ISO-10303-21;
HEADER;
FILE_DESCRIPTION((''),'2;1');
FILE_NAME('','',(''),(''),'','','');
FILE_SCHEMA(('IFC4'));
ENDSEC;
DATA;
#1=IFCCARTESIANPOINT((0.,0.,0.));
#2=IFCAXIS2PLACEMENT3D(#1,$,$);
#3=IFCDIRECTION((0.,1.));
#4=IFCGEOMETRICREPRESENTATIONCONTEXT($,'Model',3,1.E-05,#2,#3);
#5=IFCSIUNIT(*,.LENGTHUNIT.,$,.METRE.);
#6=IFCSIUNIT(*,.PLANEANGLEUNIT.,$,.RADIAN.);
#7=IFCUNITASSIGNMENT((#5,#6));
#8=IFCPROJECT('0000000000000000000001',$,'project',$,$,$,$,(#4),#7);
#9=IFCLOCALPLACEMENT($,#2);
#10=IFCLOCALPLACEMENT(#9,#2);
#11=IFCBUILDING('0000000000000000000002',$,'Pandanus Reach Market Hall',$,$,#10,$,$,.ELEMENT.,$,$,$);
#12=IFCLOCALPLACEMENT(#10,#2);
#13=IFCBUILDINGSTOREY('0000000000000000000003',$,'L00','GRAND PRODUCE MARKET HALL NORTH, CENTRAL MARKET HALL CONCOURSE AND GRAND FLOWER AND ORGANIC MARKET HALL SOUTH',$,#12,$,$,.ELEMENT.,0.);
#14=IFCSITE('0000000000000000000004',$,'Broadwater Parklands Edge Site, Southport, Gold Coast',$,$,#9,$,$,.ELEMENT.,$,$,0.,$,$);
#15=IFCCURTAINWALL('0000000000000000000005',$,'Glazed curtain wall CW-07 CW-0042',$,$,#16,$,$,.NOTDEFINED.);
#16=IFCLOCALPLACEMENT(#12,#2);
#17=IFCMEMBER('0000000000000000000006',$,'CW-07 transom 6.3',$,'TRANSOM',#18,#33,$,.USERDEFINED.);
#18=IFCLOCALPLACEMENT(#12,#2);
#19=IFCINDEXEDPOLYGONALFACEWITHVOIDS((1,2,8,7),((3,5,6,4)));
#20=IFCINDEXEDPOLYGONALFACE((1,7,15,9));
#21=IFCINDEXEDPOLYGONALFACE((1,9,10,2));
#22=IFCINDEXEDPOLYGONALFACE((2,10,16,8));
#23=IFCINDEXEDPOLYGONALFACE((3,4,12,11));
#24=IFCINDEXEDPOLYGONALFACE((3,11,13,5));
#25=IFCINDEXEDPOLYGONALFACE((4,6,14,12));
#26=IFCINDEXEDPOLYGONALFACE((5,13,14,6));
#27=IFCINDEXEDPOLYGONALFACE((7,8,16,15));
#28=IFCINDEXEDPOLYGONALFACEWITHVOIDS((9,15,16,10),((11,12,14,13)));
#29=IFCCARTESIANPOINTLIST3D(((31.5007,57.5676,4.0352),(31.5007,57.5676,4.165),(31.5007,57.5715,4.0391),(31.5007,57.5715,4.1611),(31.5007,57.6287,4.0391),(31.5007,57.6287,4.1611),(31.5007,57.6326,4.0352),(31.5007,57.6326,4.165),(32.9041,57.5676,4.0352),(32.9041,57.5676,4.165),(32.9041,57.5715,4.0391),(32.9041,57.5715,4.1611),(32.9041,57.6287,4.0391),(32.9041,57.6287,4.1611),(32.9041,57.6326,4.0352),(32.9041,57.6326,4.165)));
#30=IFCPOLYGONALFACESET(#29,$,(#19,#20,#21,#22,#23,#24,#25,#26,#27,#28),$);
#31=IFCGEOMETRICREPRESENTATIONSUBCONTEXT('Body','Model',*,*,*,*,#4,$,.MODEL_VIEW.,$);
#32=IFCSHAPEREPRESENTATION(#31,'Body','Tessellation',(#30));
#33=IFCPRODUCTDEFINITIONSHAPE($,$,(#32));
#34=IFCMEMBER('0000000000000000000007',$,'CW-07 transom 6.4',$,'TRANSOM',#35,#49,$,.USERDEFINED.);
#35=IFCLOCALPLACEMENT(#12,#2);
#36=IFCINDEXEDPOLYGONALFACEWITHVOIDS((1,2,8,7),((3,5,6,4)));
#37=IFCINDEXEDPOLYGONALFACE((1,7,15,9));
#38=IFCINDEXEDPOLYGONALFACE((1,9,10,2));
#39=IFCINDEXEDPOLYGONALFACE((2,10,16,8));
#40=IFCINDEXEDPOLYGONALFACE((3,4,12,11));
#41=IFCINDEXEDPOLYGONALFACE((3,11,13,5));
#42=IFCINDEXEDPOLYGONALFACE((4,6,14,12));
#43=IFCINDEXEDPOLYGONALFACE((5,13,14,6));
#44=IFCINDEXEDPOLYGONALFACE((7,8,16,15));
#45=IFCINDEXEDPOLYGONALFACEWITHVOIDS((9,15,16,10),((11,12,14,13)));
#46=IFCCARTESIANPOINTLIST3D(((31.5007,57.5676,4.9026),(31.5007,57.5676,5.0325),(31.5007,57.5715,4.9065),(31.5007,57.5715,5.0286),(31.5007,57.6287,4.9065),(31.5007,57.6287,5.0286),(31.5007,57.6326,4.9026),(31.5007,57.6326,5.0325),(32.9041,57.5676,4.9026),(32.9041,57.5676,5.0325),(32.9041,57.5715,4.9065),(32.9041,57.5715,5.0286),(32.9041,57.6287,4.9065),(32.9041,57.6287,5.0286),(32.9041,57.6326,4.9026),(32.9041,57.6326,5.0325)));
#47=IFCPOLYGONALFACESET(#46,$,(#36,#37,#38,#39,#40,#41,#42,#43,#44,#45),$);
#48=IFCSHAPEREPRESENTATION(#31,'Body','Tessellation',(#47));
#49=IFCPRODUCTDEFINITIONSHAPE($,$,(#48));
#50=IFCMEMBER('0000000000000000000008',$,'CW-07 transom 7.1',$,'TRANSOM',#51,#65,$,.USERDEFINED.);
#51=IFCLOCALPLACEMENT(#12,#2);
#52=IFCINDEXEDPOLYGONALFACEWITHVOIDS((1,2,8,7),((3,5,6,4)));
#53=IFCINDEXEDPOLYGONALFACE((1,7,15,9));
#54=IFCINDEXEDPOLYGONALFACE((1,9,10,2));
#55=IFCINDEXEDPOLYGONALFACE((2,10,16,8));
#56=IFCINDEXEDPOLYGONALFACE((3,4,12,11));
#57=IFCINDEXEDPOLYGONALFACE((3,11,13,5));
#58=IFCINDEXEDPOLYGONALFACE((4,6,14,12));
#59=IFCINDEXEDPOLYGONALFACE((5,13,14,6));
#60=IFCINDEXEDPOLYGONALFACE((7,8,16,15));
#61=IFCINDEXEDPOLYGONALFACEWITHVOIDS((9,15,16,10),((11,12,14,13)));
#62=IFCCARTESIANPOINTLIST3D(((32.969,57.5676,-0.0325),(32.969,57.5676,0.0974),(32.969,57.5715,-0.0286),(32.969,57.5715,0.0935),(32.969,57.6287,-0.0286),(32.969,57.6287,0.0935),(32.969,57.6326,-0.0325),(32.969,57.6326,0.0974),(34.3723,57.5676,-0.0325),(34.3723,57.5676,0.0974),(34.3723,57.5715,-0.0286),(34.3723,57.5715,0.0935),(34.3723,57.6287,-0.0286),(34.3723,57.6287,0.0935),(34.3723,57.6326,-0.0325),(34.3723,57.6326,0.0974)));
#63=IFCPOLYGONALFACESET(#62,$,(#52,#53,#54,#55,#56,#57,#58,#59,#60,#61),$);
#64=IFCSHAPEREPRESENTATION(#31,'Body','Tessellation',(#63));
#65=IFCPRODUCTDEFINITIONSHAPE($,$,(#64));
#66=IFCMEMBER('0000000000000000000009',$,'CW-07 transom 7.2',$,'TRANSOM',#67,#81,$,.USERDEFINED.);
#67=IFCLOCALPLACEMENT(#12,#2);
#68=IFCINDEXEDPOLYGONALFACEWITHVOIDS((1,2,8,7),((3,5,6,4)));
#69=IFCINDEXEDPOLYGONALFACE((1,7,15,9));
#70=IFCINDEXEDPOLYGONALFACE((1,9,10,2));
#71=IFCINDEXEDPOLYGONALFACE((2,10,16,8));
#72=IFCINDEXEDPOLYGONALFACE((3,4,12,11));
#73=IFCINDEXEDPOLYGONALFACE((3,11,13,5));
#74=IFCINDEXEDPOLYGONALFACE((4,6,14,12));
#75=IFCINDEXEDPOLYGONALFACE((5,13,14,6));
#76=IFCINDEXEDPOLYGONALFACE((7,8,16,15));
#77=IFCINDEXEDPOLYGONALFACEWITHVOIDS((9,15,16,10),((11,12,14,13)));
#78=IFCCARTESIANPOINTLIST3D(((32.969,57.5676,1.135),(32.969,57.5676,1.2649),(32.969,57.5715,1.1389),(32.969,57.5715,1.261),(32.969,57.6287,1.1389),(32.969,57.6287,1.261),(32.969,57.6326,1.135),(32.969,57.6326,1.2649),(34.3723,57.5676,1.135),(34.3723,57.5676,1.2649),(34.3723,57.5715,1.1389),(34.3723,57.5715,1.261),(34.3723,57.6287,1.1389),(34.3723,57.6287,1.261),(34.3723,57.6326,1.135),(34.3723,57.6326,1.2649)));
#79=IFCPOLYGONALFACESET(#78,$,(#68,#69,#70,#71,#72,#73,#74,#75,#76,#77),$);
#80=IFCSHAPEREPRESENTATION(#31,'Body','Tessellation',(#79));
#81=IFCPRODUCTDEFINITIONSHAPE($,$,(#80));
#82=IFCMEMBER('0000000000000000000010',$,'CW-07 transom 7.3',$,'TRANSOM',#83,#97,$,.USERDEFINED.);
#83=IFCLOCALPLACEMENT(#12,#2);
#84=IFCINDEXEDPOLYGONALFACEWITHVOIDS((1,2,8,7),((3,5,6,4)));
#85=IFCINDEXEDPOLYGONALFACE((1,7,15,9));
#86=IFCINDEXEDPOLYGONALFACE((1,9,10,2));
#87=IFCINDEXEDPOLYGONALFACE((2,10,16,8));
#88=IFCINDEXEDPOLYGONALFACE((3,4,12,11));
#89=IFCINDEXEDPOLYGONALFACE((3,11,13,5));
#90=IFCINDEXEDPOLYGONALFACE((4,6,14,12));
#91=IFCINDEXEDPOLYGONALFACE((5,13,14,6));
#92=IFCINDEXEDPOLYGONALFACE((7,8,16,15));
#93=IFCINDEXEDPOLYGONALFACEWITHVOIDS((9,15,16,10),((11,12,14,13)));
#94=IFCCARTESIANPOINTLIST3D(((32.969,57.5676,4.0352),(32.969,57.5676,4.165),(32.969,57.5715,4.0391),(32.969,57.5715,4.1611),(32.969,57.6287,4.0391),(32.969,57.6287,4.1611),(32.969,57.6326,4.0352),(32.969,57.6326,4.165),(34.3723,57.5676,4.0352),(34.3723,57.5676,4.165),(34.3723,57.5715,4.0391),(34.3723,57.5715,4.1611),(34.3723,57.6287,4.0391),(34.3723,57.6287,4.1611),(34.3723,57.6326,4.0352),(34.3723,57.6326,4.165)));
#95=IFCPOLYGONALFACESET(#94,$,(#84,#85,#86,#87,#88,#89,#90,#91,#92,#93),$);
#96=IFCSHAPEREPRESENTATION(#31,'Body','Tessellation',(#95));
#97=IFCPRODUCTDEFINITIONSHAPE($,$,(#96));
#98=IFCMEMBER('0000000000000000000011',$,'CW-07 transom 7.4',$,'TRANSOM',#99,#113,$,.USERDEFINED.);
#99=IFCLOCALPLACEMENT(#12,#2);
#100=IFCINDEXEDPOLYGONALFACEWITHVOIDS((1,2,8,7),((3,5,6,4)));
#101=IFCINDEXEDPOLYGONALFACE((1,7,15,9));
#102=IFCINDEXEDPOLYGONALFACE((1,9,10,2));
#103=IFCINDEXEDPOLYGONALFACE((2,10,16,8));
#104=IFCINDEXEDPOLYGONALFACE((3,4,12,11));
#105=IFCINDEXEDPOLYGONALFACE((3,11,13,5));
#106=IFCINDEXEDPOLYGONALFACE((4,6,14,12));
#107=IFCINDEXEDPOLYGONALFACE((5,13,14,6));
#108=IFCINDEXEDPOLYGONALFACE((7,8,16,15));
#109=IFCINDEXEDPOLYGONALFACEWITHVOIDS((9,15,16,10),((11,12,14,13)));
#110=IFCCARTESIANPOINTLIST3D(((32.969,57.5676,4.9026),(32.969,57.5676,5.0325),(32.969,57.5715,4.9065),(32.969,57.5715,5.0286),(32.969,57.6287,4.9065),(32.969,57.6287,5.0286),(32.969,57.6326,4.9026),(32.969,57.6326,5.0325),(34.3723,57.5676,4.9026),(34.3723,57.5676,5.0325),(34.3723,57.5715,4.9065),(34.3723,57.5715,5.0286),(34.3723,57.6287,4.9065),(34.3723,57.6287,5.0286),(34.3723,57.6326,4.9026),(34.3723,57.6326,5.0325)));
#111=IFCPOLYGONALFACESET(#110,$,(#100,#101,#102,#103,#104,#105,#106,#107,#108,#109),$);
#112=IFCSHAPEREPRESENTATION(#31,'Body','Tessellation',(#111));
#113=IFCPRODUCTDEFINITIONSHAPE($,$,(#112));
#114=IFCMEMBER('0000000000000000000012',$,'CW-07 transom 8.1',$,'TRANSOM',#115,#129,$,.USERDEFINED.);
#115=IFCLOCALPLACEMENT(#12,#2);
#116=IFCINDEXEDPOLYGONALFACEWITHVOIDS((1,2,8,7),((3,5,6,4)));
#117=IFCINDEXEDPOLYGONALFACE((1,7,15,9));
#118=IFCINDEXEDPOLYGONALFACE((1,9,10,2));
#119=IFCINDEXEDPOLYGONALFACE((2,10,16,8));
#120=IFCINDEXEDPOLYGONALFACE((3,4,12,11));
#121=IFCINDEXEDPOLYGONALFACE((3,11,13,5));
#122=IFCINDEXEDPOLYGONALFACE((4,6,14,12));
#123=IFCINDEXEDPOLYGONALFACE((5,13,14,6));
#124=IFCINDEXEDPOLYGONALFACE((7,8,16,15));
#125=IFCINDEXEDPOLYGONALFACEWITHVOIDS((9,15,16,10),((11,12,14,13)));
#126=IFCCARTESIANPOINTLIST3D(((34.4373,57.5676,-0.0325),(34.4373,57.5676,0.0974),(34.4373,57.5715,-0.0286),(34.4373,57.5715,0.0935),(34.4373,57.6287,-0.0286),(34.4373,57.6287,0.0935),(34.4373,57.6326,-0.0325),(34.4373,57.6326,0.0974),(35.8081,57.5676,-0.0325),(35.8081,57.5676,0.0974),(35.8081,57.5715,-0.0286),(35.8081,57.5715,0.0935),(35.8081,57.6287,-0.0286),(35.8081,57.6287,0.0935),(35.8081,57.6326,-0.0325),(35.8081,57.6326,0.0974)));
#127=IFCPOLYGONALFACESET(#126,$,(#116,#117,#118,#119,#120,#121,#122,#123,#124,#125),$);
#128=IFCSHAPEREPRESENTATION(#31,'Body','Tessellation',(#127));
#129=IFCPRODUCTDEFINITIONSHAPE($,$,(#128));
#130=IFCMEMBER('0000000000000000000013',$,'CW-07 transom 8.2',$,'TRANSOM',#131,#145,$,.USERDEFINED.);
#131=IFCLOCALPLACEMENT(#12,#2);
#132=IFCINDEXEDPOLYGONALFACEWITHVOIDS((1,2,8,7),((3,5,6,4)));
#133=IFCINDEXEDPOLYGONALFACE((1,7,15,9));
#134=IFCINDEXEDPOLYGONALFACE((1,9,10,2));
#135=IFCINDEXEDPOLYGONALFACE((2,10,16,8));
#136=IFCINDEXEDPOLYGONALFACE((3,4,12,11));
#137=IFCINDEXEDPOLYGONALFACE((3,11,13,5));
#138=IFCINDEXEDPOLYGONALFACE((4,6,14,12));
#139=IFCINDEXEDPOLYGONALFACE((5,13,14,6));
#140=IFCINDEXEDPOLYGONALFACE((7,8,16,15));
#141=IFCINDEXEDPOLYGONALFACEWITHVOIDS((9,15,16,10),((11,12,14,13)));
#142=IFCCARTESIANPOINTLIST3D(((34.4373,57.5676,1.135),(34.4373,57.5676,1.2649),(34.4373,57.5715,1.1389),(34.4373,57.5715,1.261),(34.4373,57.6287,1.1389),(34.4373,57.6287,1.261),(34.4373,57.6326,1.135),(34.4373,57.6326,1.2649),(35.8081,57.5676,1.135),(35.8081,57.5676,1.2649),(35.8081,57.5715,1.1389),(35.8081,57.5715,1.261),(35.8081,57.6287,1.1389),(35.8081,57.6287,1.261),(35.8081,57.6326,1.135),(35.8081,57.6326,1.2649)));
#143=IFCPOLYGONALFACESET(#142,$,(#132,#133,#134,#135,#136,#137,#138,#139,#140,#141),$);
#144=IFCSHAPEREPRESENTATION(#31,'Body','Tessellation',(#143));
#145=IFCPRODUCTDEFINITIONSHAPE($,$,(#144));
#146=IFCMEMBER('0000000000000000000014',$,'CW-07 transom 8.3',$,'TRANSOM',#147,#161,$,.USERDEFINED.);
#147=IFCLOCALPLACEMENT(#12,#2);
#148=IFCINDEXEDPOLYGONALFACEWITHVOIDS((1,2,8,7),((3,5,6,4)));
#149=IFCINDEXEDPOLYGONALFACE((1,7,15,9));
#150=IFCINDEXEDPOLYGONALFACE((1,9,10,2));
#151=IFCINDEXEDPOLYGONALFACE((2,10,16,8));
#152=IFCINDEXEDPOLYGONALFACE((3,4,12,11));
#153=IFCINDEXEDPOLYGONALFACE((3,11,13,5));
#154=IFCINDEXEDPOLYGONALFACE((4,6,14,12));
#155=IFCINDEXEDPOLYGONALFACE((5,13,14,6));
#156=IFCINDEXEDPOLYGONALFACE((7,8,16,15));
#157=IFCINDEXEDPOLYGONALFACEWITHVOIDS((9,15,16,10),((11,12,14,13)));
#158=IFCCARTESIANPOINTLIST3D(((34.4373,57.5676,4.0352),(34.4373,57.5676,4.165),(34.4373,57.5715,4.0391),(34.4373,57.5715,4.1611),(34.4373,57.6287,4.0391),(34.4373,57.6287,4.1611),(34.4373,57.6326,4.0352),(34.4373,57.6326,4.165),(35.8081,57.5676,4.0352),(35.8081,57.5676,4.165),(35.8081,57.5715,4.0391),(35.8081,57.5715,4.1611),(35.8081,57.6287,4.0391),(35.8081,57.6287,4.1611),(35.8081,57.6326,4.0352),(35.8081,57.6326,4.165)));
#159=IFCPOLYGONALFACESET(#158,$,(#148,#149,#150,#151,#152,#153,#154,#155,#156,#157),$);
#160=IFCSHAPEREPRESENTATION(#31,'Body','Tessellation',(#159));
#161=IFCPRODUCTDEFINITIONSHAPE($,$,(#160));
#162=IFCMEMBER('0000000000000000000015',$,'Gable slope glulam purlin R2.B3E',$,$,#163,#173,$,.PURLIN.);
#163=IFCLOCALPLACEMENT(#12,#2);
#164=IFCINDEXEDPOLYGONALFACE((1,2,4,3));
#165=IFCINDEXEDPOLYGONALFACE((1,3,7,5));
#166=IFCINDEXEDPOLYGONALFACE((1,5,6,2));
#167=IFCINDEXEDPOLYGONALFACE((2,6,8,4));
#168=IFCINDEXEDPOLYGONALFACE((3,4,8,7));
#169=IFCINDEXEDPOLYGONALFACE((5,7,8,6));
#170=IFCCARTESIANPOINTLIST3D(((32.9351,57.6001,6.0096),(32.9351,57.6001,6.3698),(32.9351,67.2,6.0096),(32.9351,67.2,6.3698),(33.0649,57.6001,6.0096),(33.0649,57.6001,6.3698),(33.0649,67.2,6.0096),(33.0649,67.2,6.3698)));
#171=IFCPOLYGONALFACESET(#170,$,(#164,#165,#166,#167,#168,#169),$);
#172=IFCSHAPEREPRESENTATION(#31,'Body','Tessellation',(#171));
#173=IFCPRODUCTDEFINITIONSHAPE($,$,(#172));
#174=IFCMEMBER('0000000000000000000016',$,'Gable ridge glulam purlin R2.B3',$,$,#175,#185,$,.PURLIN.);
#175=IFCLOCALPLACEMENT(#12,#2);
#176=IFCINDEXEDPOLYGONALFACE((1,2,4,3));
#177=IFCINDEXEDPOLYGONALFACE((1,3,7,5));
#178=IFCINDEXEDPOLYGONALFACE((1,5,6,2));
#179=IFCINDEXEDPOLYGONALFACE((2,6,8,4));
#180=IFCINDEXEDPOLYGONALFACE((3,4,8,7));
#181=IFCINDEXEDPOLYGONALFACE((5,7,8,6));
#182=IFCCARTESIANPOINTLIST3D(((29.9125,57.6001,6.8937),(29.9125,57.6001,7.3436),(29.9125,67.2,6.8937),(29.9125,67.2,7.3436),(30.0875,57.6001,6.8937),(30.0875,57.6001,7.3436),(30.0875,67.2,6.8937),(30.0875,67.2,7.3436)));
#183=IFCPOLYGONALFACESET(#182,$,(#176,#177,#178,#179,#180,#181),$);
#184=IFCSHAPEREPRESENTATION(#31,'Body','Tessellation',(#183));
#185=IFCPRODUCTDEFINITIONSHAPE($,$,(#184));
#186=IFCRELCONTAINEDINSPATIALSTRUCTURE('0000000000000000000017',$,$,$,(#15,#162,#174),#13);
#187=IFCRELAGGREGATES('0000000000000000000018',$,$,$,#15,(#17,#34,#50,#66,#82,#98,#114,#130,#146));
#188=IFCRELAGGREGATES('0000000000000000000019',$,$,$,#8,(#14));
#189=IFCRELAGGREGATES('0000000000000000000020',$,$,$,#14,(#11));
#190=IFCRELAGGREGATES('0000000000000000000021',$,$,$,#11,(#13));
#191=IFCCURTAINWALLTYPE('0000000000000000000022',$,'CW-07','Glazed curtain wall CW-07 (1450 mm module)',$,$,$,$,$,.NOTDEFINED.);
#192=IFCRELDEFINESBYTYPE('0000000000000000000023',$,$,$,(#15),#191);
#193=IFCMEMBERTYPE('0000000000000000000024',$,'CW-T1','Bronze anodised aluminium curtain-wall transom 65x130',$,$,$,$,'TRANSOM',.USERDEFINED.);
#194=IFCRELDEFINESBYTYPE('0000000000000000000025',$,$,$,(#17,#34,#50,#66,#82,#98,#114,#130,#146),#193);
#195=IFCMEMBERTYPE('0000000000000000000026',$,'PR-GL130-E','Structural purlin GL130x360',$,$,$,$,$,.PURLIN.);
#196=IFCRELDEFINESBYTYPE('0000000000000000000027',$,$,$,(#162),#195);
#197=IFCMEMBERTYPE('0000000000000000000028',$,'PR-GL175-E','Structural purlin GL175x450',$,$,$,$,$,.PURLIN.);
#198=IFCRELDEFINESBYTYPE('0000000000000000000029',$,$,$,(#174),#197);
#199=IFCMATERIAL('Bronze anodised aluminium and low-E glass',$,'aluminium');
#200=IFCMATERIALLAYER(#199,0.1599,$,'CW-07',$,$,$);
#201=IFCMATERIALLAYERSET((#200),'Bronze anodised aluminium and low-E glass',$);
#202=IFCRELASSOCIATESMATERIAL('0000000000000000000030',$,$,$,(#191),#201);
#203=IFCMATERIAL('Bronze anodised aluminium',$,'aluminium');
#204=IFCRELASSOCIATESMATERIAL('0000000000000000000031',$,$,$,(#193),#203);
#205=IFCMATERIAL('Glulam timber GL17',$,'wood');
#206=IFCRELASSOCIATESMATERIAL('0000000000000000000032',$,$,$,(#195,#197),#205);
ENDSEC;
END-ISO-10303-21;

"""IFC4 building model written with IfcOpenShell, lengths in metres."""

from ifc_helpers import new_model, si_unit, direction, frame, origin, origin_2d, place, context, subcontext, project, spatial, rectangle, hollow_rectangle, extrude, material, layer, layer_set, material_profile, profile_set, type_object, element, aggregate, save


model = new_model("IFC4")

# Units and contexts
model_context = context("Model", 3, precision=1e-05, world=origin(), true_north=direction((0.0, 1.0)))
body_context = subcontext(model_context, "Body", "Model", "MODEL_VIEW")
ifc_project = project(units=[si_unit("LENGTHUNIT", "METRE"), si_unit("PLANEANGLEUNIT", "RADIAN")], contexts=[model_context])

# Site, building, storey
site_placement = place(None, origin())
site = spatial("IfcSite", under=ifc_project, at=site_placement, Name="Broadwater Parklands Edge Site, Southport, Gold Coast", CompositionType="ELEMENT", RefElevation=0.0)
building_placement = place(site_placement, origin())
building = spatial("IfcBuilding", under=site, at=building_placement, Name="Pandanus Reach Market Hall", CompositionType="ELEMENT")
storey_placement = place(building_placement, origin())
storey = spatial("IfcBuildingStorey", under=building, at=storey_placement, Name="L00", Description="GRAND PRODUCE MARKET HALL NORTH, CENTRAL MARKET HALL CONCOURSE AND GRAND FLOWER AND ORGANIC MARKET HALL SOUTH", CompositionType="ELEMENT", Elevation=0.0)

# Curtain wall, members
ifc_material_1 = material(Name="Bronze anodised aluminium and low-E glass", Category="aluminium")
ifc_layer_1 = layer(ifc_material_1, 0.1599, Name="CW-07")
ifc_layer_set_1 = layer_set([ifc_layer_1], Name="Bronze anodised aluminium and low-E glass")
curtain_wall_type = type_object("IfcCurtainWallType", Name="CW-07", Description="Glazed curtain wall CW-07 (1450 mm module)", PredefinedType="NOTDEFINED", material=ifc_layer_set_1)
curtain_wall_placement = place(storey_placement, origin())
curtain_wall = element("IfcCurtainWall", 1, at=curtain_wall_placement, inside=storey, type_object=curtain_wall_type, Name="Glazed curtain wall CW-07 CW-0042", PredefinedType="NOTDEFINED")
ifc_material_2 = material(Name="Bronze anodised aluminium", Category="aluminium")
ifc_material_profile_1 = material_profile(ifc_material_2, hollow_rectangle(XDim=0.0649, YDim=0.1299, WallThickness=0.0039, at=origin_2d()), Name="ALU65x130", Category="LoadBearing")
ifc_profile_set_1 = profile_set([ifc_material_profile_1], Name="Bronze anodised aluminium")
member_type_1 = type_object("IfcMemberType", Name="CW-T1", Description="Bronze anodised aluminium curtain-wall transom 65x130", ElementType="TRANSOM", PredefinedType="USERDEFINED", material=ifc_profile_set_1)
member_1_placement = place(storey_placement, frame((31.5007, 57.6001, 4.1001), z_axis=(1.0, 0.0, 0.0), x_axis=(0.0, 1.0, 0.0)))
member_1 = element("IfcMember", 2, at=member_1_placement, type_object=member_type_1, Name="CW-07 transom 6.3", ObjectType="TRANSOM", PredefinedType="USERDEFINED", context=body_context, shape_type="SweptSolid", body=[
    extrude(hollow_rectangle(XDim=0.0649, YDim=0.1299, WallThickness=0.0039, at=origin_2d()), origin(), (0.0, 0.0, 1.0), 1.4033),
])
member_2_placement = place(storey_placement, frame((31.5007, 57.6001, 4.9675), z_axis=(1.0, 0.0, 0.0), x_axis=(0.0, 1.0, 0.0)))
member_2 = element("IfcMember", 3, at=member_2_placement, type_object=member_type_1, Name="CW-07 transom 6.4", ObjectType="TRANSOM", PredefinedType="USERDEFINED", context=body_context, shape_type="SweptSolid", body=[
    extrude(hollow_rectangle(XDim=0.0649, YDim=0.1299, WallThickness=0.0039, at=origin_2d()), origin(), (0.0, 0.0, 1.0), 1.4033),
])
member_3_placement = place(storey_placement, frame((32.969, 57.6001, 0.0325), z_axis=(1.0, 0.0, 0.0), x_axis=(0.0, 1.0, 0.0)))
member_3 = element("IfcMember", 4, at=member_3_placement, type_object=member_type_1, Name="CW-07 transom 7.1", ObjectType="TRANSOM", PredefinedType="USERDEFINED", context=body_context, shape_type="SweptSolid", body=[
    extrude(hollow_rectangle(XDim=0.0649, YDim=0.1299, WallThickness=0.0039, at=origin_2d()), origin(), (0.0, 0.0, 1.0), 1.4033),
])
member_4_placement = place(storey_placement, frame((32.969, 57.6001, 1.2), z_axis=(1.0, 0.0, 0.0), x_axis=(0.0, 1.0, 0.0)))
member_4 = element("IfcMember", 5, at=member_4_placement, type_object=member_type_1, Name="CW-07 transom 7.2", ObjectType="TRANSOM", PredefinedType="USERDEFINED", context=body_context, shape_type="SweptSolid", body=[
    extrude(hollow_rectangle(XDim=0.0649, YDim=0.1299, WallThickness=0.0039, at=origin_2d()), origin(), (0.0, 0.0, 1.0), 1.4033),
])
member_5_placement = place(storey_placement, frame((32.969, 57.6001, 4.1001), z_axis=(1.0, 0.0, 0.0), x_axis=(0.0, 1.0, 0.0)))
member_5 = element("IfcMember", 6, at=member_5_placement, type_object=member_type_1, Name="CW-07 transom 7.3", ObjectType="TRANSOM", PredefinedType="USERDEFINED", context=body_context, shape_type="SweptSolid", body=[
    extrude(hollow_rectangle(XDim=0.0649, YDim=0.1299, WallThickness=0.0039, at=origin_2d()), origin(), (0.0, 0.0, 1.0), 1.4033),
])
member_6_placement = place(storey_placement, frame((32.969, 57.6001, 4.9675), z_axis=(1.0, 0.0, 0.0), x_axis=(0.0, 1.0, 0.0)))
member_6 = element("IfcMember", 7, at=member_6_placement, type_object=member_type_1, Name="CW-07 transom 7.4", ObjectType="TRANSOM", PredefinedType="USERDEFINED", context=body_context, shape_type="SweptSolid", body=[
    extrude(hollow_rectangle(XDim=0.0649, YDim=0.1299, WallThickness=0.0039, at=origin_2d()), origin(), (0.0, 0.0, 1.0), 1.4033),
])
member_7_placement = place(storey_placement, frame((34.4373, 57.6001, 0.0325), z_axis=(1.0, 0.0, 0.0), x_axis=(0.0, 1.0, 0.0)))
member_7 = element("IfcMember", 8, at=member_7_placement, type_object=member_type_1, Name="CW-07 transom 8.1", ObjectType="TRANSOM", PredefinedType="USERDEFINED", context=body_context, shape_type="SweptSolid", body=[
    extrude(hollow_rectangle(XDim=0.0649, YDim=0.1299, WallThickness=0.0039, at=origin_2d()), origin(), (0.0, 0.0, 1.0), 1.3708),
])
member_8_placement = place(storey_placement, frame((34.4373, 57.6001, 1.2), z_axis=(1.0, 0.0, 0.0), x_axis=(0.0, 1.0, 0.0)))
member_8 = element("IfcMember", 9, at=member_8_placement, type_object=member_type_1, Name="CW-07 transom 8.2", ObjectType="TRANSOM", PredefinedType="USERDEFINED", context=body_context, shape_type="SweptSolid", body=[
    extrude(hollow_rectangle(XDim=0.0649, YDim=0.1299, WallThickness=0.0039, at=origin_2d()), origin(), (0.0, 0.0, 1.0), 1.3708),
])
member_9_placement = place(storey_placement, frame((34.4373, 57.6001, 4.1001), z_axis=(1.0, 0.0, 0.0), x_axis=(0.0, 1.0, 0.0)))
member_9 = element("IfcMember", 10, at=member_9_placement, type_object=member_type_1, Name="CW-07 transom 8.3", ObjectType="TRANSOM", PredefinedType="USERDEFINED", context=body_context, shape_type="SweptSolid", body=[
    extrude(hollow_rectangle(XDim=0.0649, YDim=0.1299, WallThickness=0.0039, at=origin_2d()), origin(), (0.0, 0.0, 1.0), 1.3708),
])

# Members
ifc_material_3 = material(Name="Glulam timber GL17", Category="wood")
ifc_material_profile_2 = material_profile(ifc_material_3, rectangle(XDim=0.1299, YDim=0.3601, at=origin_2d()), Name="GL130x360", Category="LoadBearing")
ifc_profile_set_2 = profile_set([ifc_material_profile_2], Name="Glulam timber GL17")
member_type_2 = type_object("IfcMemberType", Name="PR-GL130-E", Description="Structural purlin GL130x360", PredefinedType="PURLIN", material=ifc_profile_set_2)
member_10_placement = place(storey_placement, frame((33.0, 57.6001, 6.1897), z_axis=(0.0, 1.0, 0.0), x_axis=(-1.0, 0.0, 0.0)))
element("IfcMember", 11, at=member_10_placement, inside=storey, type_object=member_type_2, Name="Gable slope glulam purlin R2.B3E", PredefinedType="PURLIN", context=body_context, shape_type="SweptSolid", body=[
    extrude(rectangle(XDim=0.1299, YDim=0.3601, at=origin_2d()), origin(), (0.0, 0.0, 1.0), 9.5999),
])
ifc_material_profile_3 = material_profile(ifc_material_3, rectangle(XDim=0.175, YDim=0.45, at=origin_2d()), Name="GL175x450", Category="LoadBearing")
ifc_profile_set_3 = profile_set([ifc_material_profile_3], Name="Glulam timber GL17")
member_type_3 = type_object("IfcMemberType", Name="PR-GL175-E", Description="Structural purlin GL175x450", PredefinedType="PURLIN", material=ifc_profile_set_3)
member_11_placement = place(storey_placement, frame((30.0, 57.6001, 7.1187), z_axis=(0.0, 1.0, 0.0), x_axis=(-1.0, 0.0, 0.0)))
element("IfcMember", 12, at=member_11_placement, inside=storey, type_object=member_type_3, Name="Gable ridge glulam purlin R2.B3", PredefinedType="PURLIN", context=body_context, shape_type="SweptSolid", body=[
    extrude(rectangle(XDim=0.175, YDim=0.45, at=origin_2d()), origin(), (0.0, 0.0, 1.0), 9.5999),
])

aggregate(curtain_wall, [member_1, member_2, member_3, member_4, member_5, member_6, member_7, member_8, member_9])

save(model, "model.ifc")
